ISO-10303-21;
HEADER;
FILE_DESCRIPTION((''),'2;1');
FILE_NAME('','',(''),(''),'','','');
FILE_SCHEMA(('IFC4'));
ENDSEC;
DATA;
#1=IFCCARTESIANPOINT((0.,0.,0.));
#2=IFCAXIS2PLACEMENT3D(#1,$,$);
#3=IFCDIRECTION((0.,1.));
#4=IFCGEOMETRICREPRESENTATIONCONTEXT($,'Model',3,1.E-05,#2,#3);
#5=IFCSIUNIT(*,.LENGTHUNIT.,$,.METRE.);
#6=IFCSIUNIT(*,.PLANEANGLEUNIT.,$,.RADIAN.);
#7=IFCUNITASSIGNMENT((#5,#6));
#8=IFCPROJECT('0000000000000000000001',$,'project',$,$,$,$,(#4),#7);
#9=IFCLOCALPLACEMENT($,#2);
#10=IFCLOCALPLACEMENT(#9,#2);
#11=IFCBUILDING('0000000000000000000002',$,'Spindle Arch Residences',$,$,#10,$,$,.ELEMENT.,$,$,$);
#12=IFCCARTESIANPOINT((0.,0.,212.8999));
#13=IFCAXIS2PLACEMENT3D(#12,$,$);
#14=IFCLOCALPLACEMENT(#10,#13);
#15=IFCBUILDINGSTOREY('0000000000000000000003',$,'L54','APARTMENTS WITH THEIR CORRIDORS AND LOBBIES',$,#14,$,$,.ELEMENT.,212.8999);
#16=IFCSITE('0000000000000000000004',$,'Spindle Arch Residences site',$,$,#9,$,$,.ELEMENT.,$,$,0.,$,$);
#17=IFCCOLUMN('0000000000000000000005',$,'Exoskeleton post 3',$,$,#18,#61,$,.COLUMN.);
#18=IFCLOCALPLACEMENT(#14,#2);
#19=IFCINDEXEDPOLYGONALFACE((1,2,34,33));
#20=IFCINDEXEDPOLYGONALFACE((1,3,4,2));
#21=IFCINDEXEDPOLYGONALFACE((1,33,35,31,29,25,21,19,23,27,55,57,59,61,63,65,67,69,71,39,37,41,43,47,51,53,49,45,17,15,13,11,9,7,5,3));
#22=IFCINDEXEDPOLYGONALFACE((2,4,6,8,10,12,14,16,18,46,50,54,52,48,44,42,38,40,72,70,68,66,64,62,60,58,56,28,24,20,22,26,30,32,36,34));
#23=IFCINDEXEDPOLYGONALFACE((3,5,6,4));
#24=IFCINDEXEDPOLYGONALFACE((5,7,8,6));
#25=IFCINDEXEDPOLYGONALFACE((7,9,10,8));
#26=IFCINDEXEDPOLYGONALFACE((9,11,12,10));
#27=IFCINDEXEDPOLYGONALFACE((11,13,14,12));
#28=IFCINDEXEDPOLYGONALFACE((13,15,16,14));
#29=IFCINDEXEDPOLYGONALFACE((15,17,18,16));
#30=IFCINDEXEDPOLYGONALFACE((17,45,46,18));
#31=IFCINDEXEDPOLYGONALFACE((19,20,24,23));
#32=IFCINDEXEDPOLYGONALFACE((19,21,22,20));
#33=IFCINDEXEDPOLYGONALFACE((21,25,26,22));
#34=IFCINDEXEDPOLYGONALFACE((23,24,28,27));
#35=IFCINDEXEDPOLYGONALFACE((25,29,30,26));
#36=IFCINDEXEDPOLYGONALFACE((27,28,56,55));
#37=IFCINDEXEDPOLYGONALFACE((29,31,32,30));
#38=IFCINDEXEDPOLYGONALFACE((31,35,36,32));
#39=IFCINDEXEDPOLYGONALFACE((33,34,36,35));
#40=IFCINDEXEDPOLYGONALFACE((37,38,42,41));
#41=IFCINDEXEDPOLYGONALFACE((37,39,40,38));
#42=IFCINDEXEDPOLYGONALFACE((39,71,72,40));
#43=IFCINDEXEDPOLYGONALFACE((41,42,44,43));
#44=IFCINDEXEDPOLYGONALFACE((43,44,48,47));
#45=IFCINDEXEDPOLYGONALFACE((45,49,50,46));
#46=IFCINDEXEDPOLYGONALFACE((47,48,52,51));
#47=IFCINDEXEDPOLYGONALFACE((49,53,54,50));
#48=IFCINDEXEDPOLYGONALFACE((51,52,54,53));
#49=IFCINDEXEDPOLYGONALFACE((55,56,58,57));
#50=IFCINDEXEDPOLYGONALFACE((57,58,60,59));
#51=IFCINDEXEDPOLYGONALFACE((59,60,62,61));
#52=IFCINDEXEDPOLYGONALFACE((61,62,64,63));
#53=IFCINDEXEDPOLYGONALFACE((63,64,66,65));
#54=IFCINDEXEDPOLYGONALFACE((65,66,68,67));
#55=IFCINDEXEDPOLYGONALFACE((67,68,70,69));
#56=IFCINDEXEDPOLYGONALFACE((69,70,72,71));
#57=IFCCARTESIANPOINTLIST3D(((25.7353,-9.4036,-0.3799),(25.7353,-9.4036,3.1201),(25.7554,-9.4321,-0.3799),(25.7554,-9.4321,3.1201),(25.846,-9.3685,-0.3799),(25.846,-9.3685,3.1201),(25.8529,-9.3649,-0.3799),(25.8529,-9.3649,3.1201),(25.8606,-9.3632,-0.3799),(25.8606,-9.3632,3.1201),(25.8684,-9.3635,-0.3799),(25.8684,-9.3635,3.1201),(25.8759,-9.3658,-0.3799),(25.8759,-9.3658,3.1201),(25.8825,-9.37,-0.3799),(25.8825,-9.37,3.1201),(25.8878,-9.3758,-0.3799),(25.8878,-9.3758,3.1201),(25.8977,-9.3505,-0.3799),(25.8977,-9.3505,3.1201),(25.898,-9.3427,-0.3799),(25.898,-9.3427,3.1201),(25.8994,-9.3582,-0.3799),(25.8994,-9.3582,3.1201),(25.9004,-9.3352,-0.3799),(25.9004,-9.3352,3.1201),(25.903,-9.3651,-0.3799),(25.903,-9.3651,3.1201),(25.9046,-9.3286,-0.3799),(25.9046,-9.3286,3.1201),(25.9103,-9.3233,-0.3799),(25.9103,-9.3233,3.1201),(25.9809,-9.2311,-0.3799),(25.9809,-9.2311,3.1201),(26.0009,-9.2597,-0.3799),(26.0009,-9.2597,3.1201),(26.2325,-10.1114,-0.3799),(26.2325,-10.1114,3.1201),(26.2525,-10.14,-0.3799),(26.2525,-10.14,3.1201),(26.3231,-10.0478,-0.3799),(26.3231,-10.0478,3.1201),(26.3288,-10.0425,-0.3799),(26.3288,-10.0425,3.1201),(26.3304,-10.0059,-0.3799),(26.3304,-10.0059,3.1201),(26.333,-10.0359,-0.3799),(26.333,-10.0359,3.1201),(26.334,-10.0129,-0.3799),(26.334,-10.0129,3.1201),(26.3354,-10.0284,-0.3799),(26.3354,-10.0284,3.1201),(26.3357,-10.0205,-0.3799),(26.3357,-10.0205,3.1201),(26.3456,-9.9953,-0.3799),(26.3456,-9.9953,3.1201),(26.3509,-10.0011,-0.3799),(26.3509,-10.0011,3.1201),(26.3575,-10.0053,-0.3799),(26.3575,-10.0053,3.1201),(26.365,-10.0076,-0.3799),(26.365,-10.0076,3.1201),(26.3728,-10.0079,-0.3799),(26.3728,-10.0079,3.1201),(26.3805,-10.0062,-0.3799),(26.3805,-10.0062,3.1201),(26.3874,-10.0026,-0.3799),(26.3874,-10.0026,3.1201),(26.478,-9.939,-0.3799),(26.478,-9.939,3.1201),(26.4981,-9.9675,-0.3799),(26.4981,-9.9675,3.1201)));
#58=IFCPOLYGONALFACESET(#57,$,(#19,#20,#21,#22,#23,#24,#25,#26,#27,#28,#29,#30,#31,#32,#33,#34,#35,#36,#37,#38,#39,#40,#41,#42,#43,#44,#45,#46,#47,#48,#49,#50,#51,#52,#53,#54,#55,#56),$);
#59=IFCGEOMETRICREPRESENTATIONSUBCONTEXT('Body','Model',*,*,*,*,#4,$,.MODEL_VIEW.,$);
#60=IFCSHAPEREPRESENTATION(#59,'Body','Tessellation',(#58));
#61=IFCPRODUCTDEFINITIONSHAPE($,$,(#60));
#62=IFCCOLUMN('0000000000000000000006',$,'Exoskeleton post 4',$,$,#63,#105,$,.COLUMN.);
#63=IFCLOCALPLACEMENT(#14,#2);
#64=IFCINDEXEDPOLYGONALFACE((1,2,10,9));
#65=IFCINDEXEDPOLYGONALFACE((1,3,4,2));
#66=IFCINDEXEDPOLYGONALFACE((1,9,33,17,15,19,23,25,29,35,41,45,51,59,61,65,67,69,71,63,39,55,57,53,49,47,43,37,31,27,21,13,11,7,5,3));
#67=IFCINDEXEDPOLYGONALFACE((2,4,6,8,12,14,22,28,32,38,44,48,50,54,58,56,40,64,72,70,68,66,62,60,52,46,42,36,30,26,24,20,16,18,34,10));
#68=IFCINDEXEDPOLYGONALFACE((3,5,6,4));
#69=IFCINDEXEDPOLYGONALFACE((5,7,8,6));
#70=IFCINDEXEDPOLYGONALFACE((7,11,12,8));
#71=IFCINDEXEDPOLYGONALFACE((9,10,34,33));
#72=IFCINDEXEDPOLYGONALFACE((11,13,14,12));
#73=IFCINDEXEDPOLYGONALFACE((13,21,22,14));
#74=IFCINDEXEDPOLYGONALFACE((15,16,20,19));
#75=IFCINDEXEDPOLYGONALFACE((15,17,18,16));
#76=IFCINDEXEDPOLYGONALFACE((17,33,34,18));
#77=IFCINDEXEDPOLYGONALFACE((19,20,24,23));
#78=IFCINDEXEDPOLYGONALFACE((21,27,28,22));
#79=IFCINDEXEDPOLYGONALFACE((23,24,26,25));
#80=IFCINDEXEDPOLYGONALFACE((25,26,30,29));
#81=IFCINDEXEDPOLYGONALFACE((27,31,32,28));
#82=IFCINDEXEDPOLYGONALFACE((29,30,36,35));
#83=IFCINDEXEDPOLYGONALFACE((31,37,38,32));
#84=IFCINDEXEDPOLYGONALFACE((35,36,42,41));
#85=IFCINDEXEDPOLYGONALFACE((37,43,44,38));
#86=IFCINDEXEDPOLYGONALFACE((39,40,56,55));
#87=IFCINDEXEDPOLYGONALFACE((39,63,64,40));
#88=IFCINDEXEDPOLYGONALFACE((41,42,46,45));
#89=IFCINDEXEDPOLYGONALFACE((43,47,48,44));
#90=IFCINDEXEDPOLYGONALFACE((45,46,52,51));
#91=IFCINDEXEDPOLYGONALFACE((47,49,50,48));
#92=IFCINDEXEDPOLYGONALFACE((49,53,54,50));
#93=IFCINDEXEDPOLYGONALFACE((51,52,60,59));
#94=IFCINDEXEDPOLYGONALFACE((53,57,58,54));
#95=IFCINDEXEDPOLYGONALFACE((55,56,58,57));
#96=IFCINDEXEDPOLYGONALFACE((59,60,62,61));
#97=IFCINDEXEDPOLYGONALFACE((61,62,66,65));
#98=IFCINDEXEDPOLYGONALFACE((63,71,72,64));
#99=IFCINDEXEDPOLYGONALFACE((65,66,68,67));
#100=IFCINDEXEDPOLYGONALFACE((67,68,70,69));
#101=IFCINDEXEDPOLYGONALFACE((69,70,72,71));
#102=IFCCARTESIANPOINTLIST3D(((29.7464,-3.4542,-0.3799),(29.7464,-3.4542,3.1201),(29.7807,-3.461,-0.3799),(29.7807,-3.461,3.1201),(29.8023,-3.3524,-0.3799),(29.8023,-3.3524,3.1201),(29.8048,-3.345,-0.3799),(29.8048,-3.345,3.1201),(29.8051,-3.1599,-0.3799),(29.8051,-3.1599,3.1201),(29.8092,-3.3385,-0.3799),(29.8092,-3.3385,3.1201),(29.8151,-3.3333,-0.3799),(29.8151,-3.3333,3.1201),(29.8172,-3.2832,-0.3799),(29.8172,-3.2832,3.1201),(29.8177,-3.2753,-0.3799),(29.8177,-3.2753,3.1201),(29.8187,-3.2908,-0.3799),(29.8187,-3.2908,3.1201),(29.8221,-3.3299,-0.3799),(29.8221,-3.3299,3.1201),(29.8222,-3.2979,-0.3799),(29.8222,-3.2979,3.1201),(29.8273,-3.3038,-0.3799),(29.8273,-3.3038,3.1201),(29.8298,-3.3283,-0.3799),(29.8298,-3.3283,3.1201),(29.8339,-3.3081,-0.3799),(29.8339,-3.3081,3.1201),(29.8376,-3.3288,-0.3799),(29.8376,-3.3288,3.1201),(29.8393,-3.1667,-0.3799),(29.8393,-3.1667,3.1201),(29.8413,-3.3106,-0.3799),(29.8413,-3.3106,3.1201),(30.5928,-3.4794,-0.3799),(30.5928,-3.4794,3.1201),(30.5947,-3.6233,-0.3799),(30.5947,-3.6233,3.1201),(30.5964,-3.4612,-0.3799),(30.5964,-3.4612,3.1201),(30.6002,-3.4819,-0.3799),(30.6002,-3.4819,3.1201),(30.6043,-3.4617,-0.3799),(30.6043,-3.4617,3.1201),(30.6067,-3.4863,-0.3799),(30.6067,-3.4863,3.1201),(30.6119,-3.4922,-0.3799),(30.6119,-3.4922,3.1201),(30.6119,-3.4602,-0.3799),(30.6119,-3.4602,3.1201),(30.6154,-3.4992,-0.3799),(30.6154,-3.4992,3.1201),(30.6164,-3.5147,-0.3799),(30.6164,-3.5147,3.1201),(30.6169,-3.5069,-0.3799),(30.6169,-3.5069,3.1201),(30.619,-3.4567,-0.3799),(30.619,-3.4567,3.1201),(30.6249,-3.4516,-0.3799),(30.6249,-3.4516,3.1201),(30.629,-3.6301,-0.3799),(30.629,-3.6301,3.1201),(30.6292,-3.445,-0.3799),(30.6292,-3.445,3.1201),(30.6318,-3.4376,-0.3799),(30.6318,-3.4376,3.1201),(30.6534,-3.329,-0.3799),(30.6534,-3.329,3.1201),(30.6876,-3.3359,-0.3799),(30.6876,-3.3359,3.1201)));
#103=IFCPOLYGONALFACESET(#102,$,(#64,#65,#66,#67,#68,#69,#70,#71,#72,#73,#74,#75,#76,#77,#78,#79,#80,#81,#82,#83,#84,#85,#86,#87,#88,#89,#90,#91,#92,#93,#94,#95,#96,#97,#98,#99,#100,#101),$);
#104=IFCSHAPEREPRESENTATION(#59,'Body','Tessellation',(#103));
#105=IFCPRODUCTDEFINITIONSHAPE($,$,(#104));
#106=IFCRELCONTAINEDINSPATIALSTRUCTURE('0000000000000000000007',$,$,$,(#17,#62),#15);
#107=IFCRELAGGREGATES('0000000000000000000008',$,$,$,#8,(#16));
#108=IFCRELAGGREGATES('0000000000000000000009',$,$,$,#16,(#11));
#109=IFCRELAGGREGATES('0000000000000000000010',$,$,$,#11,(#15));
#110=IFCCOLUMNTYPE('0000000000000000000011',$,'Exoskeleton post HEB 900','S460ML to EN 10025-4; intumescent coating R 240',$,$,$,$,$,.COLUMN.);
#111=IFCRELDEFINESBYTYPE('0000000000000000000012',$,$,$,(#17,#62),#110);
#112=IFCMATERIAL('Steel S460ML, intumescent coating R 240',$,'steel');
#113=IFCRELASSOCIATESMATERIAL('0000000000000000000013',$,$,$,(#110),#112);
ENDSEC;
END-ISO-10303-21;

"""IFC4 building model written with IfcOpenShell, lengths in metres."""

from ifc_helpers import new_model, si_unit, direction, frame, origin, origin_2d, place, context, subcontext, project, spatial, i_section, extrude, material, material_profile, profile_set, type_object, element, save


model = new_model("IFC4")

# Units and contexts
model_context = context("Model", 3, precision=1e-05, world=origin(), true_north=direction((0.0, 1.0)))
body_context = subcontext(model_context, "Body", "Model", "MODEL_VIEW")
ifc_project = project(units=[si_unit("LENGTHUNIT", "METRE"), si_unit("PLANEANGLEUNIT", "RADIAN")], contexts=[model_context])

# Site, building, storey
site_placement = place(None, origin())
site = spatial("IfcSite", under=ifc_project, at=site_placement, Name="Spindle Arch Residences site", CompositionType="ELEMENT", RefElevation=0.0)
building_placement = place(site_placement, origin())
building = spatial("IfcBuilding", under=site, at=building_placement, Name="Spindle Arch Residences", CompositionType="ELEMENT")
storey_placement = place(building_placement, frame((0.0, 0.0, 212.8999)))
storey = spatial("IfcBuildingStorey", under=building, at=storey_placement, Name="L54", Description="APARTMENTS WITH THEIR CORRIDORS AND LOBBIES", CompositionType="ELEMENT", Elevation=212.8999)

# Columns
ifc_material_1 = material(Name="Steel S460ML, intumescent coating R 240", Category="steel")
ifc_material_profile_1 = material_profile(ifc_material_1, i_section(OverallWidth=0.3, OverallDepth=0.8999, WebThickness=0.0186, FlangeThickness=0.0349, FilletRadius=0.03, at=origin_2d()), Name="HEB 900")
ifc_profile_set_1 = profile_set([ifc_material_profile_1], Name="Steel S460ML, intumescent coating R 240")
column_type_1 = type_object("IfcColumnType", Name="Exoskeleton post HEB 900", Description="S460ML to EN 10025-4; intumescent coating R 240", PredefinedType="COLUMN", material=ifc_profile_set_1)
for number, where, z_axis, x_axis, name in (
    (1, (26.1167, -9.6855, -0.3799), (0.0, 0.0, 1.0), (-0.818345, -0.574727, 0.0), "Exoskeleton post 3"),
    (2, (30.217, -3.395, -0.3799), (0.0, 0.0, 1.0), (-0.195505, -0.980703, 0.0), "Exoskeleton post 4"),
):
    element("IfcColumn", number, at=place(storey_placement, frame(where, z_axis=z_axis, x_axis=x_axis)), inside=storey, type_object=column_type_1, Name=name, PredefinedType="COLUMN", context=body_context, shape_type="SweptSolid", body=[
        extrude(i_section(OverallWidth=0.3, OverallDepth=0.8999, WebThickness=0.0186, FlangeThickness=0.0349, FilletRadius=0.03, at=origin_2d()), origin(), (0.0, 0.0, 1.0), 3.5),
    ])

save(model, "model.ifc")
